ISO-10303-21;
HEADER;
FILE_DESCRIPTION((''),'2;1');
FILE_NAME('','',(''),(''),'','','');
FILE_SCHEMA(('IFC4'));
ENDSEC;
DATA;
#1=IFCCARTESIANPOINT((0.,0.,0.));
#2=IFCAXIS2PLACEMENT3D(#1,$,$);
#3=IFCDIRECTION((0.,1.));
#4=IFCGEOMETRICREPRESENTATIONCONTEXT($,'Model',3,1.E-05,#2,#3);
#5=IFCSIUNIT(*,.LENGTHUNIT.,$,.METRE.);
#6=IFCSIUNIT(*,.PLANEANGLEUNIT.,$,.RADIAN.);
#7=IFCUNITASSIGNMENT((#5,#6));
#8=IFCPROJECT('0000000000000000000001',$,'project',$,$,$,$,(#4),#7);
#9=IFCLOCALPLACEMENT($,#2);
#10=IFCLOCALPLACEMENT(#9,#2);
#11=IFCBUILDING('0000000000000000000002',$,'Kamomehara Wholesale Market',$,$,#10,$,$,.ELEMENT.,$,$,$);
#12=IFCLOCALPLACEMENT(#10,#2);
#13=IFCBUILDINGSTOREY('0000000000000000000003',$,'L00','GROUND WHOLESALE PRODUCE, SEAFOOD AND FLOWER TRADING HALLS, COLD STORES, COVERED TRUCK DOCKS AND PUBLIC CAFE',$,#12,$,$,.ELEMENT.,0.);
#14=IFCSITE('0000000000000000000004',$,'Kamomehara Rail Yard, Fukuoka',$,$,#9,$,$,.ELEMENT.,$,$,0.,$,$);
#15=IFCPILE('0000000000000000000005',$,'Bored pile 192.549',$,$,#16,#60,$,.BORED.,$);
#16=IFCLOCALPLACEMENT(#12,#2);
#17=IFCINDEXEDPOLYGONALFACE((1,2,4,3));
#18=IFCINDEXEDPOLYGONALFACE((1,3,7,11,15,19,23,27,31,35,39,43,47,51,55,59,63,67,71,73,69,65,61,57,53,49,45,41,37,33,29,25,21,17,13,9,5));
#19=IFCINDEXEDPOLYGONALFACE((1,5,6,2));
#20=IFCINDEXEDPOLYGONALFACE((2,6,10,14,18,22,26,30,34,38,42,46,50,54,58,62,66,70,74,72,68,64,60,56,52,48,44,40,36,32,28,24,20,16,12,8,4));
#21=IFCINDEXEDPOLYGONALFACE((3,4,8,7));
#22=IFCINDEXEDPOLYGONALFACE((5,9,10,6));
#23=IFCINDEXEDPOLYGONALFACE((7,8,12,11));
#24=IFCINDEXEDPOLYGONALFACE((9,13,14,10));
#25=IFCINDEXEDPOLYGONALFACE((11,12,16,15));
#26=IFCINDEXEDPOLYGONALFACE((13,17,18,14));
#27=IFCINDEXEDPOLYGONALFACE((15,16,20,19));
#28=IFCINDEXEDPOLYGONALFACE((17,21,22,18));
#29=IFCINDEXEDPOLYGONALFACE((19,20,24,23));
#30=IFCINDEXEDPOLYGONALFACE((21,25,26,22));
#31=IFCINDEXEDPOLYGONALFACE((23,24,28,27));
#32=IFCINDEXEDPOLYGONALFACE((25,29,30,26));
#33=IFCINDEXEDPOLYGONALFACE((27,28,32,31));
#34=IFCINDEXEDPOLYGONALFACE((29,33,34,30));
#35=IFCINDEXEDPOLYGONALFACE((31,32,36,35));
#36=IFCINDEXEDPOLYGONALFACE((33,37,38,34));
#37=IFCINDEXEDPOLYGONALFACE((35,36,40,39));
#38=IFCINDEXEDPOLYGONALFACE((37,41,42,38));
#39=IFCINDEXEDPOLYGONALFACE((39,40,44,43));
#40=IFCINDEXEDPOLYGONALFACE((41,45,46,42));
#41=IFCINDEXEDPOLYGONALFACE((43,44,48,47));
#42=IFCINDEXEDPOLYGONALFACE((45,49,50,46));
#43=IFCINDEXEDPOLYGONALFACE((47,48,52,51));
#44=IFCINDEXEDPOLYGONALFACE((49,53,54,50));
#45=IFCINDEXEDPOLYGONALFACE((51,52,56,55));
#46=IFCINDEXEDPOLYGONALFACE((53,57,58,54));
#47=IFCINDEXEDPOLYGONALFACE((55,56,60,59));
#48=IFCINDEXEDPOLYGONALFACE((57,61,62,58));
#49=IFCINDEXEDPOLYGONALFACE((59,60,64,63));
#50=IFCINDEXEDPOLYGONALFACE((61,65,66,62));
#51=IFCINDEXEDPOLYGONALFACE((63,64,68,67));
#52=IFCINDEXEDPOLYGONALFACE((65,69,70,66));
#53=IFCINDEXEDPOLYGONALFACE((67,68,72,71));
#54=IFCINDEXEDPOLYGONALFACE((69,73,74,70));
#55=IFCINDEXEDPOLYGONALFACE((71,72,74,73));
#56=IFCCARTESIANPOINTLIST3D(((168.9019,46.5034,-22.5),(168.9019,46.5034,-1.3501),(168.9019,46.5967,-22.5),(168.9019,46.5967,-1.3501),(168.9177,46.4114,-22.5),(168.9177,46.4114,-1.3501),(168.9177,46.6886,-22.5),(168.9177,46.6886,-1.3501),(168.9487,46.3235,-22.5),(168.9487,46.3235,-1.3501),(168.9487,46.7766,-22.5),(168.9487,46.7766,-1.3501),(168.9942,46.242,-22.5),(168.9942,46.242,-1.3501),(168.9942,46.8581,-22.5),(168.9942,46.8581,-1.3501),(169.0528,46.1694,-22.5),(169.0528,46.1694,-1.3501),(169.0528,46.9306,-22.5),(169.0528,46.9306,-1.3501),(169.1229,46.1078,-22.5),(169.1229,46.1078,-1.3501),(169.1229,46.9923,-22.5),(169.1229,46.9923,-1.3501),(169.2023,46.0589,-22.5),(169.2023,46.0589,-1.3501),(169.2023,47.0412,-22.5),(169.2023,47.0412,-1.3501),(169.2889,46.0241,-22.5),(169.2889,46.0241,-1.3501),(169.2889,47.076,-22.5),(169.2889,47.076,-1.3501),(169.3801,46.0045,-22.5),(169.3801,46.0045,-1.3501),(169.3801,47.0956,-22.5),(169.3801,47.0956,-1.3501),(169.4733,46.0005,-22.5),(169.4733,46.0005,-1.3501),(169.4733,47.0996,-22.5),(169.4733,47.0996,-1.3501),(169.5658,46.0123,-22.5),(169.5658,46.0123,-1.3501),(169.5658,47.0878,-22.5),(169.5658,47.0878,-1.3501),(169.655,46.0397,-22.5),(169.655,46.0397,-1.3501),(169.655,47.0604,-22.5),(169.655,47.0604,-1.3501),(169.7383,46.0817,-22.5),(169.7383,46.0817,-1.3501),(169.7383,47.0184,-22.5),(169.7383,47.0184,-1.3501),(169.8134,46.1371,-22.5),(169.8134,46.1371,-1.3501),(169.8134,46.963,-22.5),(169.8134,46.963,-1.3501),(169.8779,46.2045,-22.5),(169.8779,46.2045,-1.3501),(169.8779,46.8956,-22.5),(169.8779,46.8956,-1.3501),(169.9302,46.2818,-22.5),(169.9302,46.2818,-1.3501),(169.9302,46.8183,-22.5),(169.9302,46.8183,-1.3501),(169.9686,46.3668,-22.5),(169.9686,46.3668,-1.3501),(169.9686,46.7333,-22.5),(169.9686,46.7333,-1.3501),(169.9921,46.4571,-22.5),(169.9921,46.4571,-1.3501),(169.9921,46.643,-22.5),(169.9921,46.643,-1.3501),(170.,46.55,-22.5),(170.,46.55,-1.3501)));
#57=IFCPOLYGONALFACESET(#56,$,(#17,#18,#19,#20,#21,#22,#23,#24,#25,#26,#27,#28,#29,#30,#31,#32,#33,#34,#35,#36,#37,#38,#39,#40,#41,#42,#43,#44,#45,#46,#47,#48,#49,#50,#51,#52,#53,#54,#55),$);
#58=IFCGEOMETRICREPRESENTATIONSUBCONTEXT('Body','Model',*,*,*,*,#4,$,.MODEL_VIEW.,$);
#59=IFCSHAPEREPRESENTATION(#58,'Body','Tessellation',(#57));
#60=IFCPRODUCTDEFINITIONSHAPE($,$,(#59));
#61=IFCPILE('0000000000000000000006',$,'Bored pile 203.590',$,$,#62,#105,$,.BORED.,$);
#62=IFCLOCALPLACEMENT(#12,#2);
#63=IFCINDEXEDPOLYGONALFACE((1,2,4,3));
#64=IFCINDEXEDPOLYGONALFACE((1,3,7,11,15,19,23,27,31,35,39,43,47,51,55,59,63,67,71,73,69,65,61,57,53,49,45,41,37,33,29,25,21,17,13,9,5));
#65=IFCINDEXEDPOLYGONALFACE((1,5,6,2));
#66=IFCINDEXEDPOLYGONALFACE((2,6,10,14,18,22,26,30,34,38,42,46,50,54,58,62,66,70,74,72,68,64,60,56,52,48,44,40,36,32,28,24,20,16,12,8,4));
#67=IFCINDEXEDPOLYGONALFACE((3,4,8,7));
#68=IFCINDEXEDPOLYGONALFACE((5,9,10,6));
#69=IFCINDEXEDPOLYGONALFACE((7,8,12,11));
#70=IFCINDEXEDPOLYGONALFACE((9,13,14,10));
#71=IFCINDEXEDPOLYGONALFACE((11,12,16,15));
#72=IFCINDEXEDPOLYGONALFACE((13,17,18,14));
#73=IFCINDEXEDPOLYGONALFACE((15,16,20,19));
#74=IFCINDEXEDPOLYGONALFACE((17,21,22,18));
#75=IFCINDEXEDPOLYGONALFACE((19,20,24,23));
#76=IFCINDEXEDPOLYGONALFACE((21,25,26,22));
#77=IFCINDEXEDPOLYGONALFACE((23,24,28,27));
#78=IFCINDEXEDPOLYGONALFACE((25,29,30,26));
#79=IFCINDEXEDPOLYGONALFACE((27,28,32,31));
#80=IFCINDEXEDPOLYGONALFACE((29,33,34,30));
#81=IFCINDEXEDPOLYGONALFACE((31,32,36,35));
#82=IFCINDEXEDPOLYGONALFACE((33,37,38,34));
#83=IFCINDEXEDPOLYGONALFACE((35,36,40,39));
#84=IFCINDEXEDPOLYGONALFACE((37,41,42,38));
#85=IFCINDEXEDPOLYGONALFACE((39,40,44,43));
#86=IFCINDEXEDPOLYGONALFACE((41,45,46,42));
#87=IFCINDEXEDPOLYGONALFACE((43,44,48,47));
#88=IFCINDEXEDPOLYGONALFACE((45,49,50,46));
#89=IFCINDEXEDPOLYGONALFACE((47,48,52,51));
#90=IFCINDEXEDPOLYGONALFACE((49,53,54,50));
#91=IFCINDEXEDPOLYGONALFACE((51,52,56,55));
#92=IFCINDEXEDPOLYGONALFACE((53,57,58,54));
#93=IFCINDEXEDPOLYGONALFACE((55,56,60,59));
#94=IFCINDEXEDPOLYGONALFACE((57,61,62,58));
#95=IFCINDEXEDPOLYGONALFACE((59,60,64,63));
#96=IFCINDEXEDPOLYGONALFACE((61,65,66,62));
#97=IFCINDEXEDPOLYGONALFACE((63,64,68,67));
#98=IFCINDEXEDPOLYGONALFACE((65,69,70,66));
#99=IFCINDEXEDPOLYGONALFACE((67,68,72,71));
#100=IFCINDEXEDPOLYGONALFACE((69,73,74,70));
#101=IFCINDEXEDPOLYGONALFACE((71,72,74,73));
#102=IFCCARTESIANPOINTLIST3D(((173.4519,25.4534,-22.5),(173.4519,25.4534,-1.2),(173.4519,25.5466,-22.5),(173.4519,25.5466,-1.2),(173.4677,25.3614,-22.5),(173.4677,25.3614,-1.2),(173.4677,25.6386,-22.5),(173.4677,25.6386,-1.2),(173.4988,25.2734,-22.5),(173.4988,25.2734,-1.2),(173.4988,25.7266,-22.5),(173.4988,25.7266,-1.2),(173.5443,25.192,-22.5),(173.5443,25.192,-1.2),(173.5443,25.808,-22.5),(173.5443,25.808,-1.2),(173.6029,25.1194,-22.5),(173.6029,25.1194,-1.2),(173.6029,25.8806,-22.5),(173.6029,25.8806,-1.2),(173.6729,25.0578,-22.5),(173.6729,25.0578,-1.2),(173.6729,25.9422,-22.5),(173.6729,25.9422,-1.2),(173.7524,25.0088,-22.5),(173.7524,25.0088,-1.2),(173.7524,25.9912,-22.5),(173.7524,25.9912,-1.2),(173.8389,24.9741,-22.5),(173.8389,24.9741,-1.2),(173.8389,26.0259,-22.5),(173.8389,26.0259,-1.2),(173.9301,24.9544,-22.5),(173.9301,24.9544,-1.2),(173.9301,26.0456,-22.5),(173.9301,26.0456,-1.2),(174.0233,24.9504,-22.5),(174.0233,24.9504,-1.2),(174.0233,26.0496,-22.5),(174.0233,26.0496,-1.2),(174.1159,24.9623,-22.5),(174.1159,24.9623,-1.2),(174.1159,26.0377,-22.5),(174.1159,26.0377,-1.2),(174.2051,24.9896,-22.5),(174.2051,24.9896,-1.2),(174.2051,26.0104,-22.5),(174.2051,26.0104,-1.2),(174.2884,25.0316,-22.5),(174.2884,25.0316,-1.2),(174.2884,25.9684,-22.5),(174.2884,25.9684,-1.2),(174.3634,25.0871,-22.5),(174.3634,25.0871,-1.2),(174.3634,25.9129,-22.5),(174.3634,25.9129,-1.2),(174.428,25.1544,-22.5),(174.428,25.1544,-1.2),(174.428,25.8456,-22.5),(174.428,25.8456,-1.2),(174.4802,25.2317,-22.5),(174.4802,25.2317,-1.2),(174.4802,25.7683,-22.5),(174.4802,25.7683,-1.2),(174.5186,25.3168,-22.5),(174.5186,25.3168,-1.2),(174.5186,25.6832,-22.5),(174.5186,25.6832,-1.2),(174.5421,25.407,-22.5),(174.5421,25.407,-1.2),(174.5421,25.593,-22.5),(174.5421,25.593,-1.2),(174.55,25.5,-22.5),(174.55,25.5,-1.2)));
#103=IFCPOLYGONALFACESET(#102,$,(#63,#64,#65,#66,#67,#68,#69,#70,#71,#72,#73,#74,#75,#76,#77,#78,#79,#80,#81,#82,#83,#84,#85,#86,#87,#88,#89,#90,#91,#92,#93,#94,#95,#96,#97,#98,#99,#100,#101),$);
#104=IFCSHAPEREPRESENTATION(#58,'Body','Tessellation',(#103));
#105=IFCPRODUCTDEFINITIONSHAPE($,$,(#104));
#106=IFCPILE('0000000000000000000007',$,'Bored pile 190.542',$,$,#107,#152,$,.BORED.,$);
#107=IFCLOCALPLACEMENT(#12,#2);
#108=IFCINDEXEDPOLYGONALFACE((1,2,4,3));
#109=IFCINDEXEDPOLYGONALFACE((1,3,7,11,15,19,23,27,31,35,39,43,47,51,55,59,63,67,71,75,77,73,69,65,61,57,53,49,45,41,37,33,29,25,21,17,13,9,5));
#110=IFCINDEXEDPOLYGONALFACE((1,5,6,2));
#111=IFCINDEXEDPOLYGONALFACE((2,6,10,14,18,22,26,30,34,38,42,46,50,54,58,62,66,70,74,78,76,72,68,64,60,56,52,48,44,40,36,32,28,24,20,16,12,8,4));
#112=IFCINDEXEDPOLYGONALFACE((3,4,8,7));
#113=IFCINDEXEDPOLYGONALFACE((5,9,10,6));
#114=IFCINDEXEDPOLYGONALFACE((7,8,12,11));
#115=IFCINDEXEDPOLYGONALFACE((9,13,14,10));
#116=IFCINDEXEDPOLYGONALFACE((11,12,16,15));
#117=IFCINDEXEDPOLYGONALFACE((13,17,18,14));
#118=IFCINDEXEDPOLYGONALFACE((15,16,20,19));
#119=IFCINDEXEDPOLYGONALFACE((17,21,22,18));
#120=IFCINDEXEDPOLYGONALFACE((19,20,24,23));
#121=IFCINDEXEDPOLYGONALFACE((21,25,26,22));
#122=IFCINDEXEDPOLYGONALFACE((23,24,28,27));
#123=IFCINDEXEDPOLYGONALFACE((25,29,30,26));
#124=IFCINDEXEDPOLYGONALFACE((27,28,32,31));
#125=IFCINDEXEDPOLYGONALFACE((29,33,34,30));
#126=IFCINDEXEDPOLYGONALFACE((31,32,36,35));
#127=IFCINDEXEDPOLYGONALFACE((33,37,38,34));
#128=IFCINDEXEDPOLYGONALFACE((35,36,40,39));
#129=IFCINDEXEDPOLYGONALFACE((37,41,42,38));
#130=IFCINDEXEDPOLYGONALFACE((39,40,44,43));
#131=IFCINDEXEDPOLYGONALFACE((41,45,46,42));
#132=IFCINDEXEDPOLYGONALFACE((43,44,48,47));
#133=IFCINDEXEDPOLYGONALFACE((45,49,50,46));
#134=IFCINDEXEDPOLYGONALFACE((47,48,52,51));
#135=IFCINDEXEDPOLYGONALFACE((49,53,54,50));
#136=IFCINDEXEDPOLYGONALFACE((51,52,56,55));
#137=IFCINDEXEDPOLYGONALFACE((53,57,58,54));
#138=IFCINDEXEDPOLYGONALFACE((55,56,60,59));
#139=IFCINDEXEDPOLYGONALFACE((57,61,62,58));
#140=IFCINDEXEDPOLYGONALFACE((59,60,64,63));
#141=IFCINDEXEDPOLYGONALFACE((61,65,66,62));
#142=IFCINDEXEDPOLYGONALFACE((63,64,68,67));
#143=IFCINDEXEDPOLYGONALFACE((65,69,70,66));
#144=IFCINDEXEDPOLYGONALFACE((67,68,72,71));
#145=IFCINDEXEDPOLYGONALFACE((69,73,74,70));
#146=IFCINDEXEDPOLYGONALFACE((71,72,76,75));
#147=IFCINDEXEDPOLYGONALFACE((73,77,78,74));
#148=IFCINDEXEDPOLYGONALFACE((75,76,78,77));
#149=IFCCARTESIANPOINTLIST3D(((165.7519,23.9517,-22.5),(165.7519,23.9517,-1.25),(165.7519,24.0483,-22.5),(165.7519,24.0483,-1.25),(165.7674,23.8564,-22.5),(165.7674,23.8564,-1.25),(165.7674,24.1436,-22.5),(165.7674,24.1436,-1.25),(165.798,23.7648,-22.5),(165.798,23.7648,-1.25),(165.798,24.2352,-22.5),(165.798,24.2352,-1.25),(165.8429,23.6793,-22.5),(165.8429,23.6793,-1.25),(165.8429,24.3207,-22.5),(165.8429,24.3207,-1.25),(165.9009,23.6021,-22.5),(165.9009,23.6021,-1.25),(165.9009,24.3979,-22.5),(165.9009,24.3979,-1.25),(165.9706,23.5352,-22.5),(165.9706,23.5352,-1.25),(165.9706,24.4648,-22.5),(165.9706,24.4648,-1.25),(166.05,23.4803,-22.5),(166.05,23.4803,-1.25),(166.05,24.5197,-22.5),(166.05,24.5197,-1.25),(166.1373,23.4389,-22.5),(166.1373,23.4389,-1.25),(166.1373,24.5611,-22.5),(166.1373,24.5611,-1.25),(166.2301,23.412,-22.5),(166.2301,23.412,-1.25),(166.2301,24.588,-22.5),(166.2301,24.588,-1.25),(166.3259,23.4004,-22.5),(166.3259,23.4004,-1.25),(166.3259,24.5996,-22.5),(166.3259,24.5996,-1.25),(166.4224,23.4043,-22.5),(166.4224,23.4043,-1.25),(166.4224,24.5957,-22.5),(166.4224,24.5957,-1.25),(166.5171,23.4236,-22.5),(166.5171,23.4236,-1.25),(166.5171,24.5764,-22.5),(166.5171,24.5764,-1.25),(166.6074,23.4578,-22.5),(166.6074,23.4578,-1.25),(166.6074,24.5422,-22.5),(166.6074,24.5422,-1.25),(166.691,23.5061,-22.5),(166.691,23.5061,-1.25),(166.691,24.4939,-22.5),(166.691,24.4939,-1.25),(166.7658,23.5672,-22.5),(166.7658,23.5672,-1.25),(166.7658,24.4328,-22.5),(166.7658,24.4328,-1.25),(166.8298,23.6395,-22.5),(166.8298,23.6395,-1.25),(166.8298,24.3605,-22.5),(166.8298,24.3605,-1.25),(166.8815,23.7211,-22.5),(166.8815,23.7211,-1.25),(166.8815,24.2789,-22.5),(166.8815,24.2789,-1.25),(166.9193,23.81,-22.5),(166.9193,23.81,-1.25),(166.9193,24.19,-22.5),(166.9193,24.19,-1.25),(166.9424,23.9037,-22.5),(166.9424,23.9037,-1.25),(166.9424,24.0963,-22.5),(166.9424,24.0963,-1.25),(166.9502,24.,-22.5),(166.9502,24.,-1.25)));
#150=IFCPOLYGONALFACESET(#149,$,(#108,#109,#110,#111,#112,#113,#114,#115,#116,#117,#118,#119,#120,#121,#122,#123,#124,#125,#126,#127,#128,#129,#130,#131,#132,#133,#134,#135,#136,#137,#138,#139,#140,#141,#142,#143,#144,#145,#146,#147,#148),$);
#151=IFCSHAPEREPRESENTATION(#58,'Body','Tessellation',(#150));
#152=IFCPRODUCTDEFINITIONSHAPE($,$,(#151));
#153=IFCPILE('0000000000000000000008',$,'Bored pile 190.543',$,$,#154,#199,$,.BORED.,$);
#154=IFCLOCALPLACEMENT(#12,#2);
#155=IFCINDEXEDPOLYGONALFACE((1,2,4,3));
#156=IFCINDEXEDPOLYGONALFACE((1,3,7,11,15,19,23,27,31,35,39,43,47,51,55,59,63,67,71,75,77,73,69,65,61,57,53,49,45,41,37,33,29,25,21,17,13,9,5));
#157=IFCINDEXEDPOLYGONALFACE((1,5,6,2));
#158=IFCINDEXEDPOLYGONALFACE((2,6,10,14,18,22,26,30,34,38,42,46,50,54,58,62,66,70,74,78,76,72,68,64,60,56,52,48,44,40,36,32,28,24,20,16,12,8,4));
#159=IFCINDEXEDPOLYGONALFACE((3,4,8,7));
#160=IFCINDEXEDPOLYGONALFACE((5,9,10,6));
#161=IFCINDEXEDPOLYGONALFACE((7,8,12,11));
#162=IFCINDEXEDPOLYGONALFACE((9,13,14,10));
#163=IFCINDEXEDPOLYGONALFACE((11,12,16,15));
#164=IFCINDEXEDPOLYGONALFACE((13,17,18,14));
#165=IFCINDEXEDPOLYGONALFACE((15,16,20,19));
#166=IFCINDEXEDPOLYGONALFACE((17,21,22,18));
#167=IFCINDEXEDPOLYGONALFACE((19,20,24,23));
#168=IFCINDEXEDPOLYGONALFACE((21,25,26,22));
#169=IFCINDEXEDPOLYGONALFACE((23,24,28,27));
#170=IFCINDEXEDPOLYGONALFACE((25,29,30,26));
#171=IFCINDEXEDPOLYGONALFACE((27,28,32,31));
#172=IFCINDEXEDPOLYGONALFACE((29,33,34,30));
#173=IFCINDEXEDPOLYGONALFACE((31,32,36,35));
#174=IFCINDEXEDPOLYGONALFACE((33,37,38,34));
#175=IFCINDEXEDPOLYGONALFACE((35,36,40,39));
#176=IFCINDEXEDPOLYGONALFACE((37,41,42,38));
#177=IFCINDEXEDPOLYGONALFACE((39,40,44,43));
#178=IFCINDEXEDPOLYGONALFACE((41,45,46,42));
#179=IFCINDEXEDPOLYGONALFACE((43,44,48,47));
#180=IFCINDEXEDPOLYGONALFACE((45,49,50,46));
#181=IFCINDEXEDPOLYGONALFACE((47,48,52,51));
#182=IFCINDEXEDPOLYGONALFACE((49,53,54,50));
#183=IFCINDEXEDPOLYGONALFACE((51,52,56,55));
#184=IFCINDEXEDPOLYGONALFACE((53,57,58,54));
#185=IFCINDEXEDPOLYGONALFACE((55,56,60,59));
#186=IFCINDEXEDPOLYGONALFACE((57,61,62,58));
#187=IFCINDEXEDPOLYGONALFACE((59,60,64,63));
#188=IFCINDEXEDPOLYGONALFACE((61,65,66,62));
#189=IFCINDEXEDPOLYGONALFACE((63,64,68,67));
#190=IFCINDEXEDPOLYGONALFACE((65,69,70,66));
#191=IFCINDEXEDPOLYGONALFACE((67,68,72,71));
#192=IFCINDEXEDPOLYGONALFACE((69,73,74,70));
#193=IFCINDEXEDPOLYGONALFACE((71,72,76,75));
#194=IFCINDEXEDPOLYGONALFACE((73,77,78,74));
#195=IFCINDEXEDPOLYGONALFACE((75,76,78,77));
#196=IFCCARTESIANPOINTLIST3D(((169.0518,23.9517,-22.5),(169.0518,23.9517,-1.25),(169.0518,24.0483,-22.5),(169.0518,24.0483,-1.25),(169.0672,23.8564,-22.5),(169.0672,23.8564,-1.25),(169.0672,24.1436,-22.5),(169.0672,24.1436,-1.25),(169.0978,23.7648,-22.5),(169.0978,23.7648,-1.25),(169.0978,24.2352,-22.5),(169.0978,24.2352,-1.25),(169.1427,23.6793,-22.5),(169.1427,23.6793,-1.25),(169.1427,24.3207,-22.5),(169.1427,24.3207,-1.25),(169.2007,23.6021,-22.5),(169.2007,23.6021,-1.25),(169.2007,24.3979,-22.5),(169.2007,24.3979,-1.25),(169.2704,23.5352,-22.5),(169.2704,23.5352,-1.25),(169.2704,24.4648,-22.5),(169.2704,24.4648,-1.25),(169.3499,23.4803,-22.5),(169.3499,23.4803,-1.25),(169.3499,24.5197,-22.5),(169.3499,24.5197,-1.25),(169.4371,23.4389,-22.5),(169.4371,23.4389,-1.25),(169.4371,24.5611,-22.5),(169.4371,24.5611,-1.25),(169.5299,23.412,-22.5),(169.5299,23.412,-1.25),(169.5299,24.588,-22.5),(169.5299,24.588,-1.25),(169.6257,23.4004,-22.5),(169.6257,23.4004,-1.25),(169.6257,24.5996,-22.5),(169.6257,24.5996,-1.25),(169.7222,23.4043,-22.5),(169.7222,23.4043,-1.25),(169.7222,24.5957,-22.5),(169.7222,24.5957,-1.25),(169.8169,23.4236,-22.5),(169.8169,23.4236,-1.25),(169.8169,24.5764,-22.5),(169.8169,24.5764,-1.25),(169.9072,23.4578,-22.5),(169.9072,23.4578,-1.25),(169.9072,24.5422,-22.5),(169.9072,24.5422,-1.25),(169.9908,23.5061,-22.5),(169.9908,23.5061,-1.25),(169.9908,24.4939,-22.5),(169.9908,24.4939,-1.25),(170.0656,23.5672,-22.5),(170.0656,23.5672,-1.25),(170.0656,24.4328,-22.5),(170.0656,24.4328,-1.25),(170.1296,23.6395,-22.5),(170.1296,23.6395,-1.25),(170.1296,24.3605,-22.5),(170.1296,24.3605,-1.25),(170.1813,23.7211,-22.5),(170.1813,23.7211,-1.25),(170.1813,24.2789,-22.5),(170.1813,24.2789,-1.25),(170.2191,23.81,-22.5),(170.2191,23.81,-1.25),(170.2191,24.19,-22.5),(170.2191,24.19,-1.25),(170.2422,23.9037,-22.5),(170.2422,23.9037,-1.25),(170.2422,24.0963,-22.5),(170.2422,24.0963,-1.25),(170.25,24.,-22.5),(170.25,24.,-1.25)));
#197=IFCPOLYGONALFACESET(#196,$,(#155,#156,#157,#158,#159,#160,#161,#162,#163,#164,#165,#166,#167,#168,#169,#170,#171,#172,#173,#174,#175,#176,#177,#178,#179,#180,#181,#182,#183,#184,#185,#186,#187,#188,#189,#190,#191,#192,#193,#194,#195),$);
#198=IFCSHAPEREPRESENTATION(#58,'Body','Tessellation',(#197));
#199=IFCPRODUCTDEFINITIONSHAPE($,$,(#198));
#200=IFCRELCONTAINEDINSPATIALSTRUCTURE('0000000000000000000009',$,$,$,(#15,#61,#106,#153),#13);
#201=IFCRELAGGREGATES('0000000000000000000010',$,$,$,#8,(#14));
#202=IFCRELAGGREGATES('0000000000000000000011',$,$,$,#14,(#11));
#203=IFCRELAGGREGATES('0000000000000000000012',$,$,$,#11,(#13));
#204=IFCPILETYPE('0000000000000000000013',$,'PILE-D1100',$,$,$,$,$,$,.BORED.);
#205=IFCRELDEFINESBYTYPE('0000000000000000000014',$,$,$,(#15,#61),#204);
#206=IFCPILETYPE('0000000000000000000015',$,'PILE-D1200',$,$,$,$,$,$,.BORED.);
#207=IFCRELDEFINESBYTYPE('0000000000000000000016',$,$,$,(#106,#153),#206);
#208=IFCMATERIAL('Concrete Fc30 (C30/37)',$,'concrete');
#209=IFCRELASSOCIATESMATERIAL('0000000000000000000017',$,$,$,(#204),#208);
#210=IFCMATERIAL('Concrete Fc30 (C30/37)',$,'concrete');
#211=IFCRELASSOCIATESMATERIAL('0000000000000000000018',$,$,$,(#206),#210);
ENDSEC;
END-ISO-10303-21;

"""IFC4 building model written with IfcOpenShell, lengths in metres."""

from ifc_helpers import new_model, si_unit, direction, frame, origin, origin_2d, place, context, subcontext, project, spatial, circle, extrude, material, material_profile, profile_set, type_object, element, save


model = new_model("IFC4")

# Units and contexts
model_context = context("Model", 3, precision=1e-05, world=origin(), true_north=direction((0.0, 1.0)))
body_context = subcontext(model_context, "Body", "Model", "MODEL_VIEW")
ifc_project = project(units=[si_unit("LENGTHUNIT", "METRE"), si_unit("PLANEANGLEUNIT", "RADIAN")], contexts=[model_context])

# Site, building, storey
site_placement = place(None, origin())
site = spatial("IfcSite", under=ifc_project, at=site_placement, Name="Kamomehara Rail Yard, Fukuoka", CompositionType="ELEMENT", RefElevation=0.0)
building_placement = place(site_placement, origin())
building = spatial("IfcBuilding", under=site, at=building_placement, Name="Kamomehara Wholesale Market", CompositionType="ELEMENT")
storey_placement = place(building_placement, origin())
storey = spatial("IfcBuildingStorey", under=building, at=storey_placement, Name="L00", Description="GROUND WHOLESALE PRODUCE, SEAFOOD AND FLOWER TRADING HALLS, COLD STORES, COVERED TRUCK DOCKS AND PUBLIC CAFE", CompositionType="ELEMENT", Elevation=0.0)

# Piles
ifc_material_1 = material(Name="Concrete Fc30 (C30/37)", Category="concrete")
ifc_material_profile_1 = material_profile(ifc_material_1, circle(Radius=0.55, at=origin_2d()), Name="RC-PILE-D1100")
ifc_profile_set_1 = profile_set([ifc_material_profile_1], Name="Concrete Fc30 (C30/37)")
pile_type_1 = type_object("IfcPileType", Name="PILE-D1100", PredefinedType="BORED", material=ifc_profile_set_1)
for number, where, z_axis, x_axis, name in (
    (1, (169.45, 46.55, -1.3501), (0.0, 0.0, -1.0), (1.0, 0.0, 0.0), "Bored pile 192.549"),
):
    element("IfcPile", number, at=place(storey_placement, frame(where, z_axis=z_axis, x_axis=x_axis)), inside=storey, type_object=pile_type_1, Name=name, PredefinedType="BORED", context=body_context, shape_type="SweptSolid", body=[
        extrude(circle(Radius=0.55, at=origin_2d()), origin(), (0.0, 0.0, 1.0), 21.1499),
    ])
pile_1_placement = place(storey_placement, frame((174.0, 25.5, -1.2), z_axis=(0.0, 0.0, -1.0), x_axis=(1.0, 0.0, 0.0)))
element("IfcPile", 2, at=pile_1_placement, inside=storey, type_object=pile_type_1, Name="Bored pile 203.590", PredefinedType="BORED", context=body_context, shape_type="SweptSolid", body=[
    extrude(circle(Radius=0.55, at=origin_2d()), origin(), (0.0, 0.0, 1.0), 21.3),
])
ifc_material_2 = material(Name="Concrete Fc30 (C30/37)", Category="concrete")
ifc_material_profile_2 = material_profile(ifc_material_2, circle(Radius=0.6001, at=origin_2d()), Name="RC-PILE-D1200")
ifc_profile_set_2 = profile_set([ifc_material_profile_2], Name="Concrete Fc30 (C30/37)")
pile_type_2 = type_object("IfcPileType", Name="PILE-D1200", PredefinedType="BORED", material=ifc_profile_set_2)
for number, where, z_axis, x_axis, name in (
    (3, (166.3501, 24.0, -1.25), (0.0, 0.0, -1.0), (1.0, 0.0, 0.0), "Bored pile 190.542"),
    (4, (169.6499, 24.0, -1.25), (0.0, 0.0, -1.0), (1.0, 0.0, 0.0), "Bored pile 190.543"),
):
    element("IfcPile", number, at=place(storey_placement, frame(where, z_axis=z_axis, x_axis=x_axis)), inside=storey, type_object=pile_type_2, Name=name, PredefinedType="BORED", context=body_context, shape_type="SweptSolid", body=[
        extrude(circle(Radius=0.6001, at=origin_2d()), origin(), (0.0, 0.0, 1.0), 21.25),
    ])

save(model, "model.ifc")
